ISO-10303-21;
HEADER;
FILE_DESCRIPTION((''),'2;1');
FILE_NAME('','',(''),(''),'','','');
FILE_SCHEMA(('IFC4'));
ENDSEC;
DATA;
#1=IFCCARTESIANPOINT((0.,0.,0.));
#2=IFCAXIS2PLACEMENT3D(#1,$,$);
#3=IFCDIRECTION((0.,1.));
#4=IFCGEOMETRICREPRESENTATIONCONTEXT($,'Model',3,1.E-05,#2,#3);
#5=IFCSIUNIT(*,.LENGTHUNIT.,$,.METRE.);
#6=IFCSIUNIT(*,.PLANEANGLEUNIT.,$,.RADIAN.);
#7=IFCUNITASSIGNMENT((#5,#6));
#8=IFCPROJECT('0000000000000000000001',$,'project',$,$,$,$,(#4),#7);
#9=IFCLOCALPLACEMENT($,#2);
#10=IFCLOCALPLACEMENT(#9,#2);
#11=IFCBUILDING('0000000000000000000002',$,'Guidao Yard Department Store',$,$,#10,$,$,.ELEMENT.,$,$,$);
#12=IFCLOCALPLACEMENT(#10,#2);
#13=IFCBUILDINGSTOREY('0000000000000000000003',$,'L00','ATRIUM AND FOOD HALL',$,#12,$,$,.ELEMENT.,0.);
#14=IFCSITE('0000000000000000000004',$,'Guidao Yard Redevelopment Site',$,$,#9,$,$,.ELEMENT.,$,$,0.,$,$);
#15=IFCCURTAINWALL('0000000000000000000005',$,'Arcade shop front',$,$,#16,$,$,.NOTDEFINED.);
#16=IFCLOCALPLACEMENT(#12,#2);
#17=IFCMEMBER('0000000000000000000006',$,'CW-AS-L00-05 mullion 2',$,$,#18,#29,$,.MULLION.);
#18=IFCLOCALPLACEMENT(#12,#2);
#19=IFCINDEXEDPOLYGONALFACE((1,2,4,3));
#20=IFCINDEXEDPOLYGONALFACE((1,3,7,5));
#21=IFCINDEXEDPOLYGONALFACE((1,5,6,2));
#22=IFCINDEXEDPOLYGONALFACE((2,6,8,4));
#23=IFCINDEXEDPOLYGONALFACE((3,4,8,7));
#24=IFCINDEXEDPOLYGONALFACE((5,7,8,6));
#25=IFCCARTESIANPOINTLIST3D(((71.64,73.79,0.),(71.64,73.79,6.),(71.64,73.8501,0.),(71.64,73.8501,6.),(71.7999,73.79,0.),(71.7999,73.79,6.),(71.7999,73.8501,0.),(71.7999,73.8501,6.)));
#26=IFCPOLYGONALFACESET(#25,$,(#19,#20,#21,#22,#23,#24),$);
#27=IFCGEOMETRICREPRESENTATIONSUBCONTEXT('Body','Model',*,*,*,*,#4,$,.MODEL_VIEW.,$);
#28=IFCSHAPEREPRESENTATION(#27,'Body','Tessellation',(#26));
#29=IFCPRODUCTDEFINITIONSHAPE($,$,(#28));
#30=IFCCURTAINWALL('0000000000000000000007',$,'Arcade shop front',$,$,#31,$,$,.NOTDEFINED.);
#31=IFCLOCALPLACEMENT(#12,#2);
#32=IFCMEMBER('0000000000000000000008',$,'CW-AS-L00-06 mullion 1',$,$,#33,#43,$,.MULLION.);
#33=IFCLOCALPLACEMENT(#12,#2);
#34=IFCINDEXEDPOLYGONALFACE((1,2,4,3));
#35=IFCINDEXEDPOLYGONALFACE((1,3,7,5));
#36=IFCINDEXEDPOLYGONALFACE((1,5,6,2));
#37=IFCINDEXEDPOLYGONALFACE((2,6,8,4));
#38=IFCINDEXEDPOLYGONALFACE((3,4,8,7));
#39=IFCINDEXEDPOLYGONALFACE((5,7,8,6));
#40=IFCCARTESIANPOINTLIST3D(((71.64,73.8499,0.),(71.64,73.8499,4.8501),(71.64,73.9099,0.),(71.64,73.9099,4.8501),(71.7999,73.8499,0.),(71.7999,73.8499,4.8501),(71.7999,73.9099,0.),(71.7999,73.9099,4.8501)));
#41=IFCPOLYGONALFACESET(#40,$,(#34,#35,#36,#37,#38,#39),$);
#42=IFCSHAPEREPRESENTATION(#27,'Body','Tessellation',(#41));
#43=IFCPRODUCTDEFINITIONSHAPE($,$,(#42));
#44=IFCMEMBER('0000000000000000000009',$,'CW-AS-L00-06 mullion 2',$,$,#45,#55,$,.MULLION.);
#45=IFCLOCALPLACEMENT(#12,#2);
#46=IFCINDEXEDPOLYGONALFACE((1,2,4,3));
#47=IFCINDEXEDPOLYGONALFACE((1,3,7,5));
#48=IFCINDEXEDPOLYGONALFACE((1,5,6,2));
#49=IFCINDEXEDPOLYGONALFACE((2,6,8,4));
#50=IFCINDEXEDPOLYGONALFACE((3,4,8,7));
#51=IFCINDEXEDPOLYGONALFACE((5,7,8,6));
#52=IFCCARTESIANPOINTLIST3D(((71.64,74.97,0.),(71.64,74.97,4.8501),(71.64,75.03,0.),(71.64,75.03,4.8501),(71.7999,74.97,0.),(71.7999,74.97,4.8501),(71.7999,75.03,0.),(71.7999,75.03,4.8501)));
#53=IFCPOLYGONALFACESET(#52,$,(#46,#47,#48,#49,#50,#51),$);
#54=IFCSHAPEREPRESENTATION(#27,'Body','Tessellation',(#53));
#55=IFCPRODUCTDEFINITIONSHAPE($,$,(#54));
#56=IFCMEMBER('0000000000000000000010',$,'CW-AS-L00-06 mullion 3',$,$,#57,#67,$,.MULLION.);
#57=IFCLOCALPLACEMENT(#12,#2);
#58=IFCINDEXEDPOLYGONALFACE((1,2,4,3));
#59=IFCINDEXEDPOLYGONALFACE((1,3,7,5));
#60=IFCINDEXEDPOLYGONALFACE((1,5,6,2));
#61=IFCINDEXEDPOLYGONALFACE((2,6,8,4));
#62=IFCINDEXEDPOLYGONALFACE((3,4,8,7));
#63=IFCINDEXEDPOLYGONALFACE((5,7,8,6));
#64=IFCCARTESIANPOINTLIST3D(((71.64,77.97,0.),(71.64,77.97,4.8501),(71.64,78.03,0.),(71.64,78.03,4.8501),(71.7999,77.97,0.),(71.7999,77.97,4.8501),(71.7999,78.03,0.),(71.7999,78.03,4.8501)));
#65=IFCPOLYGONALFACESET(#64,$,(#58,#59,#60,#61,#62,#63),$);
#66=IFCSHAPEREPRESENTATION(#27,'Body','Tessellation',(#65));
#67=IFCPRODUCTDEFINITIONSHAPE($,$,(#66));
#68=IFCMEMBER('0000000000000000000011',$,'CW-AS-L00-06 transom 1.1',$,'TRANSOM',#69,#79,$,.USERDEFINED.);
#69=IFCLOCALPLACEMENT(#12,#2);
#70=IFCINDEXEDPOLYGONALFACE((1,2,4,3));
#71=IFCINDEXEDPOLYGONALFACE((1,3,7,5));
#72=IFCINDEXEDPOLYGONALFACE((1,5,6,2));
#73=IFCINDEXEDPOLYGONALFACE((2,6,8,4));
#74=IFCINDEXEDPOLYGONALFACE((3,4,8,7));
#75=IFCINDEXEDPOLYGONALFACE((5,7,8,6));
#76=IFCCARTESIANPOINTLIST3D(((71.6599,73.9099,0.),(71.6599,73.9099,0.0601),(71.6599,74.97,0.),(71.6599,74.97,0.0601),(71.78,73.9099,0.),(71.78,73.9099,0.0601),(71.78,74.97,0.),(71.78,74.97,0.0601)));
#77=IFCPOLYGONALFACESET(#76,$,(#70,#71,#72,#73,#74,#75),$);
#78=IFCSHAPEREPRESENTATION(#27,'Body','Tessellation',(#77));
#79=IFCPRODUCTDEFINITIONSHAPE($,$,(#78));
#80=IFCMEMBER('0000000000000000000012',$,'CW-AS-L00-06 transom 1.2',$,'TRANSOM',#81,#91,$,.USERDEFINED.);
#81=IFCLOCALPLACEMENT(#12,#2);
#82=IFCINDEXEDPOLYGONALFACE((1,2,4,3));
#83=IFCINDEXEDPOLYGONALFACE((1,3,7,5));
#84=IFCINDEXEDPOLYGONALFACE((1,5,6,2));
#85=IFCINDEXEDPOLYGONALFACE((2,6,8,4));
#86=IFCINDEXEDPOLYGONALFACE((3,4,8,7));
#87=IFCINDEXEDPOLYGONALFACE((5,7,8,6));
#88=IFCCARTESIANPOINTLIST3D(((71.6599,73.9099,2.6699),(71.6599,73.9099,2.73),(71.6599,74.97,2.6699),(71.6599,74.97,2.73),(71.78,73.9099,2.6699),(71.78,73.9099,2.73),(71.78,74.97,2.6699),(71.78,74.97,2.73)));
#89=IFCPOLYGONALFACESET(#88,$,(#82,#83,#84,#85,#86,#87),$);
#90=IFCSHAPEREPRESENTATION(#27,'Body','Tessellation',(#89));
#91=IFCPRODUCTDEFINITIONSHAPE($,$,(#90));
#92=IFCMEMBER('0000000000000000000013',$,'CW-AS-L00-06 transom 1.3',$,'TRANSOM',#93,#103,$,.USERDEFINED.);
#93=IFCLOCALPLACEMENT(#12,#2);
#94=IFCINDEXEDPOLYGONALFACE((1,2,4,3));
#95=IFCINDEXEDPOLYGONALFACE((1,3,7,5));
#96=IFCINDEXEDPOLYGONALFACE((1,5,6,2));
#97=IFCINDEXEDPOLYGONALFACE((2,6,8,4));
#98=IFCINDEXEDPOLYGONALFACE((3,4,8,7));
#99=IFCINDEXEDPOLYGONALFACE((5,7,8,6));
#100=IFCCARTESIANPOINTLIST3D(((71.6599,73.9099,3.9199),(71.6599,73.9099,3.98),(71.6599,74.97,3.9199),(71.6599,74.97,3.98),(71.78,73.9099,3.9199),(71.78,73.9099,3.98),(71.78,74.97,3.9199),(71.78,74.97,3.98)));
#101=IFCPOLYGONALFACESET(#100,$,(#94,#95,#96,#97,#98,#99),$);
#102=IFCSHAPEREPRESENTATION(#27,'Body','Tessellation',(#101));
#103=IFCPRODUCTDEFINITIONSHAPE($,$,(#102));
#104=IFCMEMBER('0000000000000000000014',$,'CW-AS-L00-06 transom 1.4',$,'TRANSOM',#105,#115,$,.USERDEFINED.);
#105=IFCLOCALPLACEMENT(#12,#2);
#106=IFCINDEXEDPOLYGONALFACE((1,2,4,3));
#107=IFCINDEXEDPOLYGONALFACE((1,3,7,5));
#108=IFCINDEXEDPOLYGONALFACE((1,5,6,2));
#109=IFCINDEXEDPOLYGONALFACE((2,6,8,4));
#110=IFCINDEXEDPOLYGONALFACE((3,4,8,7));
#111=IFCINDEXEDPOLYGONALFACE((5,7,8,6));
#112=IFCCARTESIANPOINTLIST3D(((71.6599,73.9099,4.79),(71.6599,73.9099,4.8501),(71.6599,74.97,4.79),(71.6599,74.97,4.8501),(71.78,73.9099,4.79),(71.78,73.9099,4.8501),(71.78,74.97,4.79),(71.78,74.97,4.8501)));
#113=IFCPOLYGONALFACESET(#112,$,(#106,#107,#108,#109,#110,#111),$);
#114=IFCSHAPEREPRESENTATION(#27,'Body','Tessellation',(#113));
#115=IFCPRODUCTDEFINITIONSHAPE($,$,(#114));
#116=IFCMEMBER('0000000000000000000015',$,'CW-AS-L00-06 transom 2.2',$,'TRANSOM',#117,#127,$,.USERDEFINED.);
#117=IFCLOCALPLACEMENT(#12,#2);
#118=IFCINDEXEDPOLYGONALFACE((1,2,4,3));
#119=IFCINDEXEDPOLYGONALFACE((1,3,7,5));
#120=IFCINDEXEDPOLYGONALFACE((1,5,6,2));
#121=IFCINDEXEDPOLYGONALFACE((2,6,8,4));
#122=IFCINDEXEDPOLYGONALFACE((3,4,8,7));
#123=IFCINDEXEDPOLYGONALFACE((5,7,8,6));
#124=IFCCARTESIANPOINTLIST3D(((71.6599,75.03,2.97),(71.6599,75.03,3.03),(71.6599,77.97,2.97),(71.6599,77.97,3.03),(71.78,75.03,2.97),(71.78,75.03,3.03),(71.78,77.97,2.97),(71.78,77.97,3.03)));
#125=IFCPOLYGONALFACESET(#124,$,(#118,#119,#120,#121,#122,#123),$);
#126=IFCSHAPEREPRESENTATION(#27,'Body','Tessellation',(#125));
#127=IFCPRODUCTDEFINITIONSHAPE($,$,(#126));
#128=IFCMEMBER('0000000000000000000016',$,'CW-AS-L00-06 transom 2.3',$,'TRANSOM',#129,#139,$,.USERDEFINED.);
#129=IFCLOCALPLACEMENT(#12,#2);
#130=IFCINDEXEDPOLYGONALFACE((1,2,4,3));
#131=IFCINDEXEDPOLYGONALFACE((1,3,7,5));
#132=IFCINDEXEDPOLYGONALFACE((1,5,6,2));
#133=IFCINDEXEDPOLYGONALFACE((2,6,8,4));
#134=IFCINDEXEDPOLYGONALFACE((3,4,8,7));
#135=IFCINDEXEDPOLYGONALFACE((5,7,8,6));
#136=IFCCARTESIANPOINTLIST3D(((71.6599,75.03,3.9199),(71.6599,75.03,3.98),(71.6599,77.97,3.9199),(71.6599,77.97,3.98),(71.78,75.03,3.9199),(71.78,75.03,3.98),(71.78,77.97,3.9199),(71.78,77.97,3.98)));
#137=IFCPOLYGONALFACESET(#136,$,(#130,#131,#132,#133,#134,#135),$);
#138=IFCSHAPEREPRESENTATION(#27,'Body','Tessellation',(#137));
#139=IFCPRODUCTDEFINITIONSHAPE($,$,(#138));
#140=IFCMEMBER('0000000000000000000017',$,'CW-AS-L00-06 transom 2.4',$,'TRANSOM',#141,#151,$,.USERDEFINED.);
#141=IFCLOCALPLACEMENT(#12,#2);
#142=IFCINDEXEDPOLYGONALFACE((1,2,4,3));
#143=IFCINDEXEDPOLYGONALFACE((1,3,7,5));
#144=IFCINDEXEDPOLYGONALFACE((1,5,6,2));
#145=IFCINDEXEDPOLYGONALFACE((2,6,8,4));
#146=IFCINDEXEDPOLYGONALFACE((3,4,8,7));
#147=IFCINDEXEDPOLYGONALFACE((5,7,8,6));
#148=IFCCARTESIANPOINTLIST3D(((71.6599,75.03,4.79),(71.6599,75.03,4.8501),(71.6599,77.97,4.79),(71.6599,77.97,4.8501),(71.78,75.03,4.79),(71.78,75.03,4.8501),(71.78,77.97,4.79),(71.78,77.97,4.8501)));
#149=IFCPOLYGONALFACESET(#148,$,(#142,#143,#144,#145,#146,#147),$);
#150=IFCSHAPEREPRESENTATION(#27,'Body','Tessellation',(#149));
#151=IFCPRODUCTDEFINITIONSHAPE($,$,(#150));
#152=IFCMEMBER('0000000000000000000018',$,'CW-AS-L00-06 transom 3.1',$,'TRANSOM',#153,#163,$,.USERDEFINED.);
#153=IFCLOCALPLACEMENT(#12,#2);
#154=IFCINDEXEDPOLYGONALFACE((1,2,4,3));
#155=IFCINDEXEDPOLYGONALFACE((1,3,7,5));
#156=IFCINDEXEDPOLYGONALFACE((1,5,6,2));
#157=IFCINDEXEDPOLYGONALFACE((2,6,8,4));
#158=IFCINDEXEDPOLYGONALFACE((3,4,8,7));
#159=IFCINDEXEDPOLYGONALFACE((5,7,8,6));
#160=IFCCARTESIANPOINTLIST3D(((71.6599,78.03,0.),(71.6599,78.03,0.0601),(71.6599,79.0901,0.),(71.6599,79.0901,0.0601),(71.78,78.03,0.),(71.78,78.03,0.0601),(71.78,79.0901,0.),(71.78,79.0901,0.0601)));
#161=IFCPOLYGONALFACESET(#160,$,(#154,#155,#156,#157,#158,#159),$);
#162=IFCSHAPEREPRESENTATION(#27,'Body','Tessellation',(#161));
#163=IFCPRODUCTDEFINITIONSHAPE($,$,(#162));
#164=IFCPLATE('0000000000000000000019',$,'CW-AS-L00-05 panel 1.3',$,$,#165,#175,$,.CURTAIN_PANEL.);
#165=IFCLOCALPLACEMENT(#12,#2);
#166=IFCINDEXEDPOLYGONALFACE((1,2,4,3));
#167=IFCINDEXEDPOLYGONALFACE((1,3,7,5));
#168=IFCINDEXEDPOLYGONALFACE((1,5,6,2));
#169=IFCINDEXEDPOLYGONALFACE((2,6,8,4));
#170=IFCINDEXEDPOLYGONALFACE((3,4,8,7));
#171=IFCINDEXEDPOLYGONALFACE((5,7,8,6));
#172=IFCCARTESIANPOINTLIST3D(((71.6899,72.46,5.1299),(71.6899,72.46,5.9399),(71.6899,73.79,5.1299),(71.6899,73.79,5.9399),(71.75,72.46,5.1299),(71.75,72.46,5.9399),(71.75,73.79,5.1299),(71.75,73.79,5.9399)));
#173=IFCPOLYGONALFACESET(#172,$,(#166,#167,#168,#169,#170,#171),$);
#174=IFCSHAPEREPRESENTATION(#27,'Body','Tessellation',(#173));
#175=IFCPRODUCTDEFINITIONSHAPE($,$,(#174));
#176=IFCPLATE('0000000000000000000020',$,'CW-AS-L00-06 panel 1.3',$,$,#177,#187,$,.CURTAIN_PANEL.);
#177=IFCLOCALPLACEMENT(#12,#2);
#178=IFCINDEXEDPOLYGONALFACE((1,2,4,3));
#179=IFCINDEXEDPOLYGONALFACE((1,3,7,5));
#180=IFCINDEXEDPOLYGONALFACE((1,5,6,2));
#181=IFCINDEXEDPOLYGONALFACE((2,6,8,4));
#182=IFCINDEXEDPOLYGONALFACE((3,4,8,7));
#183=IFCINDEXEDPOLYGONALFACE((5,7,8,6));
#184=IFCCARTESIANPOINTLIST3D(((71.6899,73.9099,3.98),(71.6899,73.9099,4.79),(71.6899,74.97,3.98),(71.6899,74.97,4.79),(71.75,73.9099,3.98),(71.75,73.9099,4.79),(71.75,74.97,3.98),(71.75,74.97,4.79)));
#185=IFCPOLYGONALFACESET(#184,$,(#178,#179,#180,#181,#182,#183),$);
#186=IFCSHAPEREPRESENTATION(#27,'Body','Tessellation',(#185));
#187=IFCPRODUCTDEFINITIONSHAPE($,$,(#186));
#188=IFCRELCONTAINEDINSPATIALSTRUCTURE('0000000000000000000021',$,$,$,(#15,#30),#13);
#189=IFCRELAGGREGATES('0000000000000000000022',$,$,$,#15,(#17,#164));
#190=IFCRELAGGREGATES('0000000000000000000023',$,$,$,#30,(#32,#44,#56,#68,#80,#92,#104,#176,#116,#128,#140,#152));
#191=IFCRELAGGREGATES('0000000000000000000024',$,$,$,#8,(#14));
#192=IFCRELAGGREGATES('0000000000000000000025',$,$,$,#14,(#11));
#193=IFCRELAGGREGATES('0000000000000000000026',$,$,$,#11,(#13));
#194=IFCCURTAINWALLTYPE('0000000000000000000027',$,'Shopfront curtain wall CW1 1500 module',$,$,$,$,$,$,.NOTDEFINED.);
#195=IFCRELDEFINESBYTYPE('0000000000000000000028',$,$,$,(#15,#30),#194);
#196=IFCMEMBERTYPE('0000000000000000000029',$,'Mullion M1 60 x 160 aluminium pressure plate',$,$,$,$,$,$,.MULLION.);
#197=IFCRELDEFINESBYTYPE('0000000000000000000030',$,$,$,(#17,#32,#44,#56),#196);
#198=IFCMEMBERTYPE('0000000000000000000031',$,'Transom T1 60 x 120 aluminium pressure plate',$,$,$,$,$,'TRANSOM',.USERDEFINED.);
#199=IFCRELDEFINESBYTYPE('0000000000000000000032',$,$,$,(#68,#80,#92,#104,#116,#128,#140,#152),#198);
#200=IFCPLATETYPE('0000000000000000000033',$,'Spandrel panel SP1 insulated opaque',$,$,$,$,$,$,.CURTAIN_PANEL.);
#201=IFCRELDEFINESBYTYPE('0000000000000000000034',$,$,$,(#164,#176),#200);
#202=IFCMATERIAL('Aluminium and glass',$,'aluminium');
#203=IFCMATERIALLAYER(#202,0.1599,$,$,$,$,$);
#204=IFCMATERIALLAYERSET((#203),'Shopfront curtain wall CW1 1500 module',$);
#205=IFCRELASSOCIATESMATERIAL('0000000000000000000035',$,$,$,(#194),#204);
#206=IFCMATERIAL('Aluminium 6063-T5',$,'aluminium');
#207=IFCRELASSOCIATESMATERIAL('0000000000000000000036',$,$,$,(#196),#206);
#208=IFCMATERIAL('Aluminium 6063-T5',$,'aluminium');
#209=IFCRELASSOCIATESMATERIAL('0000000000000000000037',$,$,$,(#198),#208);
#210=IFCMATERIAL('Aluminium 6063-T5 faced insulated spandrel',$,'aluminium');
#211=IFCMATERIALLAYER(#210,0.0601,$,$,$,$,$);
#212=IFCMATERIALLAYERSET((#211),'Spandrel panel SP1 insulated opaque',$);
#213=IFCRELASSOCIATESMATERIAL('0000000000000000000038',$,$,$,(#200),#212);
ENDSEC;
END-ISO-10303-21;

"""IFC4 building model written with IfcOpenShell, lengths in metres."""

from ifc_helpers import new_model, si_unit, direction, frame, origin, origin_2d, place, context, subcontext, project, spatial, rectangle, extrude, material, layer, layer_set, material_profile, profile_set, type_object, element, aggregate, save


model = new_model("IFC4")

# Units and contexts
model_context = context("Model", 3, precision=1e-05, world=origin(), true_north=direction((0.0, 1.0)))
body_context = subcontext(model_context, "Body", "Model", "MODEL_VIEW")
ifc_project = project(units=[si_unit("LENGTHUNIT", "METRE"), si_unit("PLANEANGLEUNIT", "RADIAN")], contexts=[model_context])

# Site, building, storey
site_placement = place(None, origin())
site = spatial("IfcSite", under=ifc_project, at=site_placement, Name="Guidao Yard Redevelopment Site", CompositionType="ELEMENT", RefElevation=0.0)
building_placement = place(site_placement, origin())
building = spatial("IfcBuilding", under=site, at=building_placement, Name="Guidao Yard Department Store", CompositionType="ELEMENT")
storey_placement = place(building_placement, origin())
storey = spatial("IfcBuildingStorey", under=building, at=storey_placement, Name="L00", Description="ATRIUM AND FOOD HALL", CompositionType="ELEMENT", Elevation=0.0)

# Curtain wall, member
ifc_material_1 = material(Name="Aluminium and glass", Category="aluminium")
ifc_layer_1 = layer(ifc_material_1, 0.1599)
ifc_layer_set_1 = layer_set([ifc_layer_1], Name="Shopfront curtain wall CW1 1500 module")
curtain_wall_type = type_object("IfcCurtainWallType", Name="Shopfront curtain wall CW1 1500 module", PredefinedType="NOTDEFINED", material=ifc_layer_set_1)
curtain_wall_1_placement = place(storey_placement, origin())
curtain_wall_1 = element("IfcCurtainWall", 1, at=curtain_wall_1_placement, inside=storey, type_object=curtain_wall_type, Name="Arcade shop front", PredefinedType="NOTDEFINED")
ifc_material_2 = material(Name="Aluminium 6063-T5", Category="aluminium")
ifc_material_profile_1 = material_profile(ifc_material_2, rectangle(XDim=0.0601, YDim=0.1599, at=origin_2d()), Name="Mullion M1 60 x 160 aluminium pressure plate")
ifc_profile_set_1 = profile_set([ifc_material_profile_1], Name="Aluminium 6063-T5")
member_type_1 = type_object("IfcMemberType", Name="Mullion M1 60 x 160 aluminium pressure plate", PredefinedType="MULLION", material=ifc_profile_set_1)
member_1_placement = place(storey_placement, frame((71.72, 73.8201, 0.0), z_axis=(0.0, 0.0, 1.0), x_axis=(0.0, 1.0, 0.0)))
member_1 = element("IfcMember", 2, at=member_1_placement, type_object=member_type_1, Name="CW-AS-L00-05 mullion 2", PredefinedType="MULLION", context=body_context, shape_type="SweptSolid", body=[
    extrude(rectangle(XDim=0.0601, YDim=0.1599, at=origin_2d()), origin(), (0.0, 0.0, 1.0), 6.0),
])

# Curtain wall, members
curtain_wall_2_placement = place(storey_placement, origin())
curtain_wall_2 = element("IfcCurtainWall", 3, at=curtain_wall_2_placement, inside=storey, type_object=curtain_wall_type, Name="Arcade shop front", PredefinedType="NOTDEFINED")
member_2_placement = place(storey_placement, frame((71.72, 73.8799, 0.0), z_axis=(0.0, 0.0, 1.0), x_axis=(0.0, 1.0, 0.0)))
member_2 = element("IfcMember", 4, at=member_2_placement, type_object=member_type_1, Name="CW-AS-L00-06 mullion 1", PredefinedType="MULLION", context=body_context, shape_type="SweptSolid", body=[
    extrude(rectangle(XDim=0.0601, YDim=0.1599, at=origin_2d()), origin(), (0.0, 0.0, 1.0), 4.8501),
])
member_3_placement = place(storey_placement, frame((71.72, 75.0, 0.0), z_axis=(0.0, 0.0, 1.0), x_axis=(0.0, 1.0, 0.0)))
member_3 = element("IfcMember", 5, at=member_3_placement, type_object=member_type_1, Name="CW-AS-L00-06 mullion 2", PredefinedType="MULLION", context=body_context, shape_type="SweptSolid", body=[
    extrude(rectangle(XDim=0.0601, YDim=0.1599, at=origin_2d()), origin(), (0.0, 0.0, 1.0), 4.8501),
])
member_4_placement = place(storey_placement, frame((71.72, 78.0, 0.0), z_axis=(0.0, 0.0, 1.0), x_axis=(0.0, 1.0, 0.0)))
member_4 = element("IfcMember", 6, at=member_4_placement, type_object=member_type_1, Name="CW-AS-L00-06 mullion 3", PredefinedType="MULLION", context=body_context, shape_type="SweptSolid", body=[
    extrude(rectangle(XDim=0.0601, YDim=0.1599, at=origin_2d()), origin(), (0.0, 0.0, 1.0), 4.8501),
])
ifc_material_3 = material(Name="Aluminium 6063-T5", Category="aluminium")
ifc_material_profile_2 = material_profile(ifc_material_3, rectangle(XDim=0.1201, YDim=0.0601, at=origin_2d()), Name="Transom T1 60 x 120 aluminium pressure plate")
ifc_profile_set_2 = profile_set([ifc_material_profile_2], Name="Aluminium 6063-T5")
member_type_2 = type_object("IfcMemberType", Name="Transom T1 60 x 120 aluminium pressure plate", ElementType="TRANSOM", PredefinedType="USERDEFINED", material=ifc_profile_set_2)
member_5_placement = place(storey_placement, frame((71.72, 73.9099, 0.03), z_axis=(0.0, 1.0, 0.0), x_axis=(-1.0, 0.0, 0.0)))
member_5 = element("IfcMember", 7, at=member_5_placement, type_object=member_type_2, Name="CW-AS-L00-06 transom 1.1", ObjectType="TRANSOM", PredefinedType="USERDEFINED", context=body_context, shape_type="SweptSolid", body=[
    extrude(rectangle(XDim=0.1201, YDim=0.0601, at=origin_2d()), origin(), (0.0, 0.0, 1.0), 1.0601),
])
member_6_placement = place(storey_placement, frame((71.72, 73.9099, 2.7), z_axis=(0.0, 1.0, 0.0), x_axis=(-1.0, 0.0, 0.0)))
member_6 = element("IfcMember", 8, at=member_6_placement, type_object=member_type_2, Name="CW-AS-L00-06 transom 1.2", ObjectType="TRANSOM", PredefinedType="USERDEFINED", context=body_context, shape_type="SweptSolid", body=[
    extrude(rectangle(XDim=0.1201, YDim=0.0601, at=origin_2d()), origin(), (0.0, 0.0, 1.0), 1.0601),
])
member_7_placement = place(storey_placement, frame((71.72, 73.9099, 3.95), z_axis=(0.0, 1.0, 0.0), x_axis=(-1.0, 0.0, 0.0)))
member_7 = element("IfcMember", 9, at=member_7_placement, type_object=member_type_2, Name="CW-AS-L00-06 transom 1.3", ObjectType="TRANSOM", PredefinedType="USERDEFINED", context=body_context, shape_type="SweptSolid", body=[
    extrude(rectangle(XDim=0.1201, YDim=0.0601, at=origin_2d()), origin(), (0.0, 0.0, 1.0), 1.0601),
])
member_8_placement = place(storey_placement, frame((71.72, 73.9099, 4.8201), z_axis=(0.0, 1.0, 0.0), x_axis=(-1.0, 0.0, 0.0)))
member_8 = element("IfcMember", 10, at=member_8_placement, type_object=member_type_2, Name="CW-AS-L00-06 transom 1.4", ObjectType="TRANSOM", PredefinedType="USERDEFINED", context=body_context, shape_type="SweptSolid", body=[
    extrude(rectangle(XDim=0.1201, YDim=0.0601, at=origin_2d()), origin(), (0.0, 0.0, 1.0), 1.0601),
])
member_9_placement = place(storey_placement, frame((71.72, 75.03, 3.0), z_axis=(0.0, 1.0, 0.0), x_axis=(-1.0, 0.0, 0.0)))
member_9 = element("IfcMember", 11, at=member_9_placement, type_object=member_type_2, Name="CW-AS-L00-06 transom 2.2", ObjectType="TRANSOM", PredefinedType="USERDEFINED", context=body_context, shape_type="SweptSolid", body=[
    extrude(rectangle(XDim=0.1201, YDim=0.0601, at=origin_2d()), origin(), (0.0, 0.0, 1.0), 2.9399),
])
member_10_placement = place(storey_placement, frame((71.72, 75.03, 3.95), z_axis=(0.0, 1.0, 0.0), x_axis=(-1.0, 0.0, 0.0)))
member_10 = element("IfcMember", 12, at=member_10_placement, type_object=member_type_2, Name="CW-AS-L00-06 transom 2.3", ObjectType="TRANSOM", PredefinedType="USERDEFINED", context=body_context, shape_type="SweptSolid", body=[
    extrude(rectangle(XDim=0.1201, YDim=0.0601, at=origin_2d()), origin(), (0.0, 0.0, 1.0), 2.9399),
])
member_11_placement = place(storey_placement, frame((71.72, 75.03, 4.8201), z_axis=(0.0, 1.0, 0.0), x_axis=(-1.0, 0.0, 0.0)))
member_11 = element("IfcMember", 13, at=member_11_placement, type_object=member_type_2, Name="CW-AS-L00-06 transom 2.4", ObjectType="TRANSOM", PredefinedType="USERDEFINED", context=body_context, shape_type="SweptSolid", body=[
    extrude(rectangle(XDim=0.1201, YDim=0.0601, at=origin_2d()), origin(), (0.0, 0.0, 1.0), 2.9399),
])
member_12_placement = place(storey_placement, frame((71.72, 78.03, 0.03), z_axis=(0.0, 1.0, 0.0), x_axis=(-1.0, 0.0, 0.0)))
member_12 = element("IfcMember", 14, at=member_12_placement, type_object=member_type_2, Name="CW-AS-L00-06 transom 3.1", ObjectType="TRANSOM", PredefinedType="USERDEFINED", context=body_context, shape_type="SweptSolid", body=[
    extrude(rectangle(XDim=0.1201, YDim=0.0601, at=origin_2d()), origin(), (0.0, 0.0, 1.0), 1.0601),
])

# Plates
ifc_material_4 = material(Name="Aluminium 6063-T5 faced insulated spandrel", Category="aluminium")
ifc_layer_2 = layer(ifc_material_4, 0.0601)
ifc_layer_set_2 = layer_set([ifc_layer_2], Name="Spandrel panel SP1 insulated opaque")
plate_type_1 = type_object("IfcPlateType", Name="Spandrel panel SP1 insulated opaque", PredefinedType="CURTAIN_PANEL", material=ifc_layer_set_2)
plate_1_placement = place(storey_placement, frame((71.72, 73.125, 5.1299), z_axis=(0.0, 0.0, 1.0), x_axis=(0.0, 1.0, 0.0)))
plate_1 = element("IfcPlate", 15, at=plate_1_placement, type_object=plate_type_1, Name="CW-AS-L00-05 panel 1.3", PredefinedType="CURTAIN_PANEL", context=body_context, shape_type="SweptSolid", body=[
    extrude(rectangle(XDim=1.3301, YDim=0.0601, at=origin_2d()), origin(), (0.0, 0.0, 1.0), 0.8101),
])
plate_2_placement = place(storey_placement, frame((71.72, 74.4399, 3.98), z_axis=(0.0, 0.0, 1.0), x_axis=(0.0, 1.0, 0.0)))
plate_2 = element("IfcPlate", 16, at=plate_2_placement, type_object=plate_type_1, Name="CW-AS-L00-06 panel 1.3", PredefinedType="CURTAIN_PANEL", context=body_context, shape_type="SweptSolid", body=[
    extrude(rectangle(XDim=1.0601, YDim=0.0601, at=origin_2d()), origin(), (0.0, 0.0, 1.0), 0.8101),
])
aggregate(curtain_wall_1, [member_1, plate_1])
aggregate(curtain_wall_2, [member_2, member_3, member_4, member_5, member_6, member_7, member_8, plate_2, member_9, member_10, member_11, member_12])

save(model, "model.ifc")
